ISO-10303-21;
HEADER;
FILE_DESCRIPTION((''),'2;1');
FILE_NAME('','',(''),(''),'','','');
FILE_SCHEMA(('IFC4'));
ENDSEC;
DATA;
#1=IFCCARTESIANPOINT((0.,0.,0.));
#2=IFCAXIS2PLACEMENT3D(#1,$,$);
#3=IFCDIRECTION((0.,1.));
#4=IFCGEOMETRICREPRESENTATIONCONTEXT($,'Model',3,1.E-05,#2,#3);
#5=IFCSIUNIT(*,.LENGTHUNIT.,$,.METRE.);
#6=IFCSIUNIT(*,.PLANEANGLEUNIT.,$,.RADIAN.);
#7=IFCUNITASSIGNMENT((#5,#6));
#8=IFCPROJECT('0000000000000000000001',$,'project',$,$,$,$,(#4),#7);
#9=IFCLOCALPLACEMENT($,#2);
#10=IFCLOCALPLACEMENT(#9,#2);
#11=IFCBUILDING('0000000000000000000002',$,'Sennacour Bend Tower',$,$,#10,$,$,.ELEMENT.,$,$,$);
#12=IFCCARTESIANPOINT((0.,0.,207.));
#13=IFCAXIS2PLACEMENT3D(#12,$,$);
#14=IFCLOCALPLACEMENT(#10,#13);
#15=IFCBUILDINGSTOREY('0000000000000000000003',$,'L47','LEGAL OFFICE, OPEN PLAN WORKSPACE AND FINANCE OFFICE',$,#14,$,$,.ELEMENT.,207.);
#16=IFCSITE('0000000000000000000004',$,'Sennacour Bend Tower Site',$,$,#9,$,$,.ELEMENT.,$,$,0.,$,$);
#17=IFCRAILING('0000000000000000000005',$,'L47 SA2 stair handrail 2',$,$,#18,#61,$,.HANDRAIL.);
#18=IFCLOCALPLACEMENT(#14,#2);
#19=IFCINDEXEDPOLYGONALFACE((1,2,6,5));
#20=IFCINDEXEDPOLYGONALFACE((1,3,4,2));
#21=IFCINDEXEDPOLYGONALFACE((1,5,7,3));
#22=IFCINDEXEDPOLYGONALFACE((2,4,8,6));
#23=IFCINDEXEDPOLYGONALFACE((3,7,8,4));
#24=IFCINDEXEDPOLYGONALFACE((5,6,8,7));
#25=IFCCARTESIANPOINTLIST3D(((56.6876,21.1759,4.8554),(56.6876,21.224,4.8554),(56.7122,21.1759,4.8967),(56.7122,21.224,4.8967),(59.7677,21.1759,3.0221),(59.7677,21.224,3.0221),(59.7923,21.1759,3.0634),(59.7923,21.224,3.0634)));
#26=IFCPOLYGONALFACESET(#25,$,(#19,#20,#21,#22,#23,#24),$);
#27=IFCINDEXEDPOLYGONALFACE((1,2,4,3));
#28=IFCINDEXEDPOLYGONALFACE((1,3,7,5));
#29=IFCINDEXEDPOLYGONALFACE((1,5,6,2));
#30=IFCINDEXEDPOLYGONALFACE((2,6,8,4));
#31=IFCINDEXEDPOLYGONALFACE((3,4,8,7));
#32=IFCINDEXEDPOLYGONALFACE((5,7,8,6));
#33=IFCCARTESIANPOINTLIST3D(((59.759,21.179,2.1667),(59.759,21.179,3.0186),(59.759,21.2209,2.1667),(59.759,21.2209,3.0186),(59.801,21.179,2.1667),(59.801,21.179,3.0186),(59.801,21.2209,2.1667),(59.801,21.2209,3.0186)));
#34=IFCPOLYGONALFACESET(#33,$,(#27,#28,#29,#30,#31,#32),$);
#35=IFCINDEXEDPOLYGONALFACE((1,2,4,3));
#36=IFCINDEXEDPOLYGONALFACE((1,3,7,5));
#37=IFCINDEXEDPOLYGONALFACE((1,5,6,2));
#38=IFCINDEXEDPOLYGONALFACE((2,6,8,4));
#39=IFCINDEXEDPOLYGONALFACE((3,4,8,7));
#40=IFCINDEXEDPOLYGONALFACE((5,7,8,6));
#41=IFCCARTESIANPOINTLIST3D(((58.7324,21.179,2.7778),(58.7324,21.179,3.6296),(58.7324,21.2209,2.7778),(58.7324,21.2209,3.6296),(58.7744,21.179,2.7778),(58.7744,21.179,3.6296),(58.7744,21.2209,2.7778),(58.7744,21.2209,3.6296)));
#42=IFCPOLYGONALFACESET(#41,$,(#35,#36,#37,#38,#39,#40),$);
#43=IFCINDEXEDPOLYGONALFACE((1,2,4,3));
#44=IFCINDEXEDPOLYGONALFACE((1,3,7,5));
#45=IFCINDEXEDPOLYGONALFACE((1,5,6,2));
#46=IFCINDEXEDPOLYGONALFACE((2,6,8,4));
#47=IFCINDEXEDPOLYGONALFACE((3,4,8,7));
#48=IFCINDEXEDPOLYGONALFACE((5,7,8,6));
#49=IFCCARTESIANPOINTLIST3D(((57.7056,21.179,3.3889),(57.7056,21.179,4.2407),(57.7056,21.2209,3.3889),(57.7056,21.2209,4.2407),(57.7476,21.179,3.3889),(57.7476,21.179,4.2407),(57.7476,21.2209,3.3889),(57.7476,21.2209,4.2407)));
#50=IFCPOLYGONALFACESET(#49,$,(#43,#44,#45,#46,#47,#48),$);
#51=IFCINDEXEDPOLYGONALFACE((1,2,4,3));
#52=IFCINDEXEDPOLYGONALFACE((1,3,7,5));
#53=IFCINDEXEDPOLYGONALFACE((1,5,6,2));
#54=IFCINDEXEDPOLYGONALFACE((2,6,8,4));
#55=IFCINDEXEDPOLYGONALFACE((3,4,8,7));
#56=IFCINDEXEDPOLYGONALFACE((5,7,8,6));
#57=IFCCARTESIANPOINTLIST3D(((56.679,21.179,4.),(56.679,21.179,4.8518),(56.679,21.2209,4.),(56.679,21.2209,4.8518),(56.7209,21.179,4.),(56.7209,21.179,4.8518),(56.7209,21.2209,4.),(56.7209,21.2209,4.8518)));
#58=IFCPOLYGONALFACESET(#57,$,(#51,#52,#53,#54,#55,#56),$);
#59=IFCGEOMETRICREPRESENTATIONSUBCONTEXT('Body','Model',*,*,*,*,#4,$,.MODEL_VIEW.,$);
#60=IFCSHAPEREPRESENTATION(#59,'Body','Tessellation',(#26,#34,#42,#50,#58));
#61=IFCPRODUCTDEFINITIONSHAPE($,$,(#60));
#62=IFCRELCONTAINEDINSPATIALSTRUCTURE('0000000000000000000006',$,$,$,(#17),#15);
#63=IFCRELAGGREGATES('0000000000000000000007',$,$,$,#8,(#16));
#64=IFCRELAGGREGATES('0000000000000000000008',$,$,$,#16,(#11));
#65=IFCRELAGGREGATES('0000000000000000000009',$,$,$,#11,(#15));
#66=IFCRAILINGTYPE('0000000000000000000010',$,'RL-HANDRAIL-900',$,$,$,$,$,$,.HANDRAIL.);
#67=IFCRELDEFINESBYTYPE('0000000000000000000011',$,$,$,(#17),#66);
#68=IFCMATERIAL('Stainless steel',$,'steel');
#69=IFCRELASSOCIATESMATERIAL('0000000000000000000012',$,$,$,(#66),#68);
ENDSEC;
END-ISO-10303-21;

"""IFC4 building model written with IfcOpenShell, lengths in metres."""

from ifc_helpers import new_model, si_unit, direction, frame, origin, origin_2d, place, context, subcontext, project, spatial, rectangle, extrude, material, type_object, element, save


model = new_model("IFC4")

# Units and contexts
model_context = context("Model", 3, precision=1e-05, world=origin(), true_north=direction((0.0, 1.0)))
body_context = subcontext(model_context, "Body", "Model", "MODEL_VIEW")
ifc_project = project(units=[si_unit("LENGTHUNIT", "METRE"), si_unit("PLANEANGLEUNIT", "RADIAN")], contexts=[model_context])

# Site, building, storey
site_placement = place(None, origin())
site = spatial("IfcSite", under=ifc_project, at=site_placement, Name="Sennacour Bend Tower Site", CompositionType="ELEMENT", RefElevation=0.0)
building_placement = place(site_placement, origin())
building = spatial("IfcBuilding", under=site, at=building_placement, Name="Sennacour Bend Tower", CompositionType="ELEMENT")
storey_placement = place(building_placement, frame((0.0, 0.0, 207.0)))
storey = spatial("IfcBuildingStorey", under=building, at=storey_placement, Name="L47", Description="LEGAL OFFICE, OPEN PLAN WORKSPACE AND FINANCE OFFICE", CompositionType="ELEMENT", Elevation=207.0)

# Shared definitions
ifc_material_1 = material(Name="Stainless steel", Category="steel")

# Railing
railing_type_1 = type_object("IfcRailingType", Name="RL-HANDRAIL-900", PredefinedType="HANDRAIL", material=ifc_material_1)
railing_1_placement = place(storey_placement, frame((59.78, 21.2, 2.1667)))
element("IfcRailing", 1, at=railing_1_placement, inside=storey, type_object=railing_type_1, Name="L47 SA2 stair handrail 2", PredefinedType="HANDRAIL", context=body_context, shape_type="SweptSolid", body=[
    extrude(rectangle(XDim=0.0481, YDim=0.0481, at=origin_2d()), frame((0.0, 0.0, 0.876), z_axis=(-0.859309, 0.0, 0.511458), x_axis=(0.0, -1.0, 0.0)), (0.0, 0.0, 1.0), 3.5845),
    extrude(rectangle(XDim=0.042, YDim=0.042, at=origin_2d()), origin(), (0.0, 0.0, 1.0), 0.8518),
    extrude(rectangle(XDim=0.042, YDim=0.042, at=origin_2d()), frame((-1.0266, 0.0, 0.6111)), (0.0, 0.0, 1.0), 0.8518),
    extrude(rectangle(XDim=0.042, YDim=0.042, at=origin_2d()), frame((-2.0535, 0.0, 1.2222)), (0.0, 0.0, 1.0), 0.8518),
    extrude(rectangle(XDim=0.042, YDim=0.042, at=origin_2d()), frame((-3.0801, 0.0, 1.8333)), (0.0, 0.0, 1.0), 0.8518),
])

save(model, "model.ifc")
